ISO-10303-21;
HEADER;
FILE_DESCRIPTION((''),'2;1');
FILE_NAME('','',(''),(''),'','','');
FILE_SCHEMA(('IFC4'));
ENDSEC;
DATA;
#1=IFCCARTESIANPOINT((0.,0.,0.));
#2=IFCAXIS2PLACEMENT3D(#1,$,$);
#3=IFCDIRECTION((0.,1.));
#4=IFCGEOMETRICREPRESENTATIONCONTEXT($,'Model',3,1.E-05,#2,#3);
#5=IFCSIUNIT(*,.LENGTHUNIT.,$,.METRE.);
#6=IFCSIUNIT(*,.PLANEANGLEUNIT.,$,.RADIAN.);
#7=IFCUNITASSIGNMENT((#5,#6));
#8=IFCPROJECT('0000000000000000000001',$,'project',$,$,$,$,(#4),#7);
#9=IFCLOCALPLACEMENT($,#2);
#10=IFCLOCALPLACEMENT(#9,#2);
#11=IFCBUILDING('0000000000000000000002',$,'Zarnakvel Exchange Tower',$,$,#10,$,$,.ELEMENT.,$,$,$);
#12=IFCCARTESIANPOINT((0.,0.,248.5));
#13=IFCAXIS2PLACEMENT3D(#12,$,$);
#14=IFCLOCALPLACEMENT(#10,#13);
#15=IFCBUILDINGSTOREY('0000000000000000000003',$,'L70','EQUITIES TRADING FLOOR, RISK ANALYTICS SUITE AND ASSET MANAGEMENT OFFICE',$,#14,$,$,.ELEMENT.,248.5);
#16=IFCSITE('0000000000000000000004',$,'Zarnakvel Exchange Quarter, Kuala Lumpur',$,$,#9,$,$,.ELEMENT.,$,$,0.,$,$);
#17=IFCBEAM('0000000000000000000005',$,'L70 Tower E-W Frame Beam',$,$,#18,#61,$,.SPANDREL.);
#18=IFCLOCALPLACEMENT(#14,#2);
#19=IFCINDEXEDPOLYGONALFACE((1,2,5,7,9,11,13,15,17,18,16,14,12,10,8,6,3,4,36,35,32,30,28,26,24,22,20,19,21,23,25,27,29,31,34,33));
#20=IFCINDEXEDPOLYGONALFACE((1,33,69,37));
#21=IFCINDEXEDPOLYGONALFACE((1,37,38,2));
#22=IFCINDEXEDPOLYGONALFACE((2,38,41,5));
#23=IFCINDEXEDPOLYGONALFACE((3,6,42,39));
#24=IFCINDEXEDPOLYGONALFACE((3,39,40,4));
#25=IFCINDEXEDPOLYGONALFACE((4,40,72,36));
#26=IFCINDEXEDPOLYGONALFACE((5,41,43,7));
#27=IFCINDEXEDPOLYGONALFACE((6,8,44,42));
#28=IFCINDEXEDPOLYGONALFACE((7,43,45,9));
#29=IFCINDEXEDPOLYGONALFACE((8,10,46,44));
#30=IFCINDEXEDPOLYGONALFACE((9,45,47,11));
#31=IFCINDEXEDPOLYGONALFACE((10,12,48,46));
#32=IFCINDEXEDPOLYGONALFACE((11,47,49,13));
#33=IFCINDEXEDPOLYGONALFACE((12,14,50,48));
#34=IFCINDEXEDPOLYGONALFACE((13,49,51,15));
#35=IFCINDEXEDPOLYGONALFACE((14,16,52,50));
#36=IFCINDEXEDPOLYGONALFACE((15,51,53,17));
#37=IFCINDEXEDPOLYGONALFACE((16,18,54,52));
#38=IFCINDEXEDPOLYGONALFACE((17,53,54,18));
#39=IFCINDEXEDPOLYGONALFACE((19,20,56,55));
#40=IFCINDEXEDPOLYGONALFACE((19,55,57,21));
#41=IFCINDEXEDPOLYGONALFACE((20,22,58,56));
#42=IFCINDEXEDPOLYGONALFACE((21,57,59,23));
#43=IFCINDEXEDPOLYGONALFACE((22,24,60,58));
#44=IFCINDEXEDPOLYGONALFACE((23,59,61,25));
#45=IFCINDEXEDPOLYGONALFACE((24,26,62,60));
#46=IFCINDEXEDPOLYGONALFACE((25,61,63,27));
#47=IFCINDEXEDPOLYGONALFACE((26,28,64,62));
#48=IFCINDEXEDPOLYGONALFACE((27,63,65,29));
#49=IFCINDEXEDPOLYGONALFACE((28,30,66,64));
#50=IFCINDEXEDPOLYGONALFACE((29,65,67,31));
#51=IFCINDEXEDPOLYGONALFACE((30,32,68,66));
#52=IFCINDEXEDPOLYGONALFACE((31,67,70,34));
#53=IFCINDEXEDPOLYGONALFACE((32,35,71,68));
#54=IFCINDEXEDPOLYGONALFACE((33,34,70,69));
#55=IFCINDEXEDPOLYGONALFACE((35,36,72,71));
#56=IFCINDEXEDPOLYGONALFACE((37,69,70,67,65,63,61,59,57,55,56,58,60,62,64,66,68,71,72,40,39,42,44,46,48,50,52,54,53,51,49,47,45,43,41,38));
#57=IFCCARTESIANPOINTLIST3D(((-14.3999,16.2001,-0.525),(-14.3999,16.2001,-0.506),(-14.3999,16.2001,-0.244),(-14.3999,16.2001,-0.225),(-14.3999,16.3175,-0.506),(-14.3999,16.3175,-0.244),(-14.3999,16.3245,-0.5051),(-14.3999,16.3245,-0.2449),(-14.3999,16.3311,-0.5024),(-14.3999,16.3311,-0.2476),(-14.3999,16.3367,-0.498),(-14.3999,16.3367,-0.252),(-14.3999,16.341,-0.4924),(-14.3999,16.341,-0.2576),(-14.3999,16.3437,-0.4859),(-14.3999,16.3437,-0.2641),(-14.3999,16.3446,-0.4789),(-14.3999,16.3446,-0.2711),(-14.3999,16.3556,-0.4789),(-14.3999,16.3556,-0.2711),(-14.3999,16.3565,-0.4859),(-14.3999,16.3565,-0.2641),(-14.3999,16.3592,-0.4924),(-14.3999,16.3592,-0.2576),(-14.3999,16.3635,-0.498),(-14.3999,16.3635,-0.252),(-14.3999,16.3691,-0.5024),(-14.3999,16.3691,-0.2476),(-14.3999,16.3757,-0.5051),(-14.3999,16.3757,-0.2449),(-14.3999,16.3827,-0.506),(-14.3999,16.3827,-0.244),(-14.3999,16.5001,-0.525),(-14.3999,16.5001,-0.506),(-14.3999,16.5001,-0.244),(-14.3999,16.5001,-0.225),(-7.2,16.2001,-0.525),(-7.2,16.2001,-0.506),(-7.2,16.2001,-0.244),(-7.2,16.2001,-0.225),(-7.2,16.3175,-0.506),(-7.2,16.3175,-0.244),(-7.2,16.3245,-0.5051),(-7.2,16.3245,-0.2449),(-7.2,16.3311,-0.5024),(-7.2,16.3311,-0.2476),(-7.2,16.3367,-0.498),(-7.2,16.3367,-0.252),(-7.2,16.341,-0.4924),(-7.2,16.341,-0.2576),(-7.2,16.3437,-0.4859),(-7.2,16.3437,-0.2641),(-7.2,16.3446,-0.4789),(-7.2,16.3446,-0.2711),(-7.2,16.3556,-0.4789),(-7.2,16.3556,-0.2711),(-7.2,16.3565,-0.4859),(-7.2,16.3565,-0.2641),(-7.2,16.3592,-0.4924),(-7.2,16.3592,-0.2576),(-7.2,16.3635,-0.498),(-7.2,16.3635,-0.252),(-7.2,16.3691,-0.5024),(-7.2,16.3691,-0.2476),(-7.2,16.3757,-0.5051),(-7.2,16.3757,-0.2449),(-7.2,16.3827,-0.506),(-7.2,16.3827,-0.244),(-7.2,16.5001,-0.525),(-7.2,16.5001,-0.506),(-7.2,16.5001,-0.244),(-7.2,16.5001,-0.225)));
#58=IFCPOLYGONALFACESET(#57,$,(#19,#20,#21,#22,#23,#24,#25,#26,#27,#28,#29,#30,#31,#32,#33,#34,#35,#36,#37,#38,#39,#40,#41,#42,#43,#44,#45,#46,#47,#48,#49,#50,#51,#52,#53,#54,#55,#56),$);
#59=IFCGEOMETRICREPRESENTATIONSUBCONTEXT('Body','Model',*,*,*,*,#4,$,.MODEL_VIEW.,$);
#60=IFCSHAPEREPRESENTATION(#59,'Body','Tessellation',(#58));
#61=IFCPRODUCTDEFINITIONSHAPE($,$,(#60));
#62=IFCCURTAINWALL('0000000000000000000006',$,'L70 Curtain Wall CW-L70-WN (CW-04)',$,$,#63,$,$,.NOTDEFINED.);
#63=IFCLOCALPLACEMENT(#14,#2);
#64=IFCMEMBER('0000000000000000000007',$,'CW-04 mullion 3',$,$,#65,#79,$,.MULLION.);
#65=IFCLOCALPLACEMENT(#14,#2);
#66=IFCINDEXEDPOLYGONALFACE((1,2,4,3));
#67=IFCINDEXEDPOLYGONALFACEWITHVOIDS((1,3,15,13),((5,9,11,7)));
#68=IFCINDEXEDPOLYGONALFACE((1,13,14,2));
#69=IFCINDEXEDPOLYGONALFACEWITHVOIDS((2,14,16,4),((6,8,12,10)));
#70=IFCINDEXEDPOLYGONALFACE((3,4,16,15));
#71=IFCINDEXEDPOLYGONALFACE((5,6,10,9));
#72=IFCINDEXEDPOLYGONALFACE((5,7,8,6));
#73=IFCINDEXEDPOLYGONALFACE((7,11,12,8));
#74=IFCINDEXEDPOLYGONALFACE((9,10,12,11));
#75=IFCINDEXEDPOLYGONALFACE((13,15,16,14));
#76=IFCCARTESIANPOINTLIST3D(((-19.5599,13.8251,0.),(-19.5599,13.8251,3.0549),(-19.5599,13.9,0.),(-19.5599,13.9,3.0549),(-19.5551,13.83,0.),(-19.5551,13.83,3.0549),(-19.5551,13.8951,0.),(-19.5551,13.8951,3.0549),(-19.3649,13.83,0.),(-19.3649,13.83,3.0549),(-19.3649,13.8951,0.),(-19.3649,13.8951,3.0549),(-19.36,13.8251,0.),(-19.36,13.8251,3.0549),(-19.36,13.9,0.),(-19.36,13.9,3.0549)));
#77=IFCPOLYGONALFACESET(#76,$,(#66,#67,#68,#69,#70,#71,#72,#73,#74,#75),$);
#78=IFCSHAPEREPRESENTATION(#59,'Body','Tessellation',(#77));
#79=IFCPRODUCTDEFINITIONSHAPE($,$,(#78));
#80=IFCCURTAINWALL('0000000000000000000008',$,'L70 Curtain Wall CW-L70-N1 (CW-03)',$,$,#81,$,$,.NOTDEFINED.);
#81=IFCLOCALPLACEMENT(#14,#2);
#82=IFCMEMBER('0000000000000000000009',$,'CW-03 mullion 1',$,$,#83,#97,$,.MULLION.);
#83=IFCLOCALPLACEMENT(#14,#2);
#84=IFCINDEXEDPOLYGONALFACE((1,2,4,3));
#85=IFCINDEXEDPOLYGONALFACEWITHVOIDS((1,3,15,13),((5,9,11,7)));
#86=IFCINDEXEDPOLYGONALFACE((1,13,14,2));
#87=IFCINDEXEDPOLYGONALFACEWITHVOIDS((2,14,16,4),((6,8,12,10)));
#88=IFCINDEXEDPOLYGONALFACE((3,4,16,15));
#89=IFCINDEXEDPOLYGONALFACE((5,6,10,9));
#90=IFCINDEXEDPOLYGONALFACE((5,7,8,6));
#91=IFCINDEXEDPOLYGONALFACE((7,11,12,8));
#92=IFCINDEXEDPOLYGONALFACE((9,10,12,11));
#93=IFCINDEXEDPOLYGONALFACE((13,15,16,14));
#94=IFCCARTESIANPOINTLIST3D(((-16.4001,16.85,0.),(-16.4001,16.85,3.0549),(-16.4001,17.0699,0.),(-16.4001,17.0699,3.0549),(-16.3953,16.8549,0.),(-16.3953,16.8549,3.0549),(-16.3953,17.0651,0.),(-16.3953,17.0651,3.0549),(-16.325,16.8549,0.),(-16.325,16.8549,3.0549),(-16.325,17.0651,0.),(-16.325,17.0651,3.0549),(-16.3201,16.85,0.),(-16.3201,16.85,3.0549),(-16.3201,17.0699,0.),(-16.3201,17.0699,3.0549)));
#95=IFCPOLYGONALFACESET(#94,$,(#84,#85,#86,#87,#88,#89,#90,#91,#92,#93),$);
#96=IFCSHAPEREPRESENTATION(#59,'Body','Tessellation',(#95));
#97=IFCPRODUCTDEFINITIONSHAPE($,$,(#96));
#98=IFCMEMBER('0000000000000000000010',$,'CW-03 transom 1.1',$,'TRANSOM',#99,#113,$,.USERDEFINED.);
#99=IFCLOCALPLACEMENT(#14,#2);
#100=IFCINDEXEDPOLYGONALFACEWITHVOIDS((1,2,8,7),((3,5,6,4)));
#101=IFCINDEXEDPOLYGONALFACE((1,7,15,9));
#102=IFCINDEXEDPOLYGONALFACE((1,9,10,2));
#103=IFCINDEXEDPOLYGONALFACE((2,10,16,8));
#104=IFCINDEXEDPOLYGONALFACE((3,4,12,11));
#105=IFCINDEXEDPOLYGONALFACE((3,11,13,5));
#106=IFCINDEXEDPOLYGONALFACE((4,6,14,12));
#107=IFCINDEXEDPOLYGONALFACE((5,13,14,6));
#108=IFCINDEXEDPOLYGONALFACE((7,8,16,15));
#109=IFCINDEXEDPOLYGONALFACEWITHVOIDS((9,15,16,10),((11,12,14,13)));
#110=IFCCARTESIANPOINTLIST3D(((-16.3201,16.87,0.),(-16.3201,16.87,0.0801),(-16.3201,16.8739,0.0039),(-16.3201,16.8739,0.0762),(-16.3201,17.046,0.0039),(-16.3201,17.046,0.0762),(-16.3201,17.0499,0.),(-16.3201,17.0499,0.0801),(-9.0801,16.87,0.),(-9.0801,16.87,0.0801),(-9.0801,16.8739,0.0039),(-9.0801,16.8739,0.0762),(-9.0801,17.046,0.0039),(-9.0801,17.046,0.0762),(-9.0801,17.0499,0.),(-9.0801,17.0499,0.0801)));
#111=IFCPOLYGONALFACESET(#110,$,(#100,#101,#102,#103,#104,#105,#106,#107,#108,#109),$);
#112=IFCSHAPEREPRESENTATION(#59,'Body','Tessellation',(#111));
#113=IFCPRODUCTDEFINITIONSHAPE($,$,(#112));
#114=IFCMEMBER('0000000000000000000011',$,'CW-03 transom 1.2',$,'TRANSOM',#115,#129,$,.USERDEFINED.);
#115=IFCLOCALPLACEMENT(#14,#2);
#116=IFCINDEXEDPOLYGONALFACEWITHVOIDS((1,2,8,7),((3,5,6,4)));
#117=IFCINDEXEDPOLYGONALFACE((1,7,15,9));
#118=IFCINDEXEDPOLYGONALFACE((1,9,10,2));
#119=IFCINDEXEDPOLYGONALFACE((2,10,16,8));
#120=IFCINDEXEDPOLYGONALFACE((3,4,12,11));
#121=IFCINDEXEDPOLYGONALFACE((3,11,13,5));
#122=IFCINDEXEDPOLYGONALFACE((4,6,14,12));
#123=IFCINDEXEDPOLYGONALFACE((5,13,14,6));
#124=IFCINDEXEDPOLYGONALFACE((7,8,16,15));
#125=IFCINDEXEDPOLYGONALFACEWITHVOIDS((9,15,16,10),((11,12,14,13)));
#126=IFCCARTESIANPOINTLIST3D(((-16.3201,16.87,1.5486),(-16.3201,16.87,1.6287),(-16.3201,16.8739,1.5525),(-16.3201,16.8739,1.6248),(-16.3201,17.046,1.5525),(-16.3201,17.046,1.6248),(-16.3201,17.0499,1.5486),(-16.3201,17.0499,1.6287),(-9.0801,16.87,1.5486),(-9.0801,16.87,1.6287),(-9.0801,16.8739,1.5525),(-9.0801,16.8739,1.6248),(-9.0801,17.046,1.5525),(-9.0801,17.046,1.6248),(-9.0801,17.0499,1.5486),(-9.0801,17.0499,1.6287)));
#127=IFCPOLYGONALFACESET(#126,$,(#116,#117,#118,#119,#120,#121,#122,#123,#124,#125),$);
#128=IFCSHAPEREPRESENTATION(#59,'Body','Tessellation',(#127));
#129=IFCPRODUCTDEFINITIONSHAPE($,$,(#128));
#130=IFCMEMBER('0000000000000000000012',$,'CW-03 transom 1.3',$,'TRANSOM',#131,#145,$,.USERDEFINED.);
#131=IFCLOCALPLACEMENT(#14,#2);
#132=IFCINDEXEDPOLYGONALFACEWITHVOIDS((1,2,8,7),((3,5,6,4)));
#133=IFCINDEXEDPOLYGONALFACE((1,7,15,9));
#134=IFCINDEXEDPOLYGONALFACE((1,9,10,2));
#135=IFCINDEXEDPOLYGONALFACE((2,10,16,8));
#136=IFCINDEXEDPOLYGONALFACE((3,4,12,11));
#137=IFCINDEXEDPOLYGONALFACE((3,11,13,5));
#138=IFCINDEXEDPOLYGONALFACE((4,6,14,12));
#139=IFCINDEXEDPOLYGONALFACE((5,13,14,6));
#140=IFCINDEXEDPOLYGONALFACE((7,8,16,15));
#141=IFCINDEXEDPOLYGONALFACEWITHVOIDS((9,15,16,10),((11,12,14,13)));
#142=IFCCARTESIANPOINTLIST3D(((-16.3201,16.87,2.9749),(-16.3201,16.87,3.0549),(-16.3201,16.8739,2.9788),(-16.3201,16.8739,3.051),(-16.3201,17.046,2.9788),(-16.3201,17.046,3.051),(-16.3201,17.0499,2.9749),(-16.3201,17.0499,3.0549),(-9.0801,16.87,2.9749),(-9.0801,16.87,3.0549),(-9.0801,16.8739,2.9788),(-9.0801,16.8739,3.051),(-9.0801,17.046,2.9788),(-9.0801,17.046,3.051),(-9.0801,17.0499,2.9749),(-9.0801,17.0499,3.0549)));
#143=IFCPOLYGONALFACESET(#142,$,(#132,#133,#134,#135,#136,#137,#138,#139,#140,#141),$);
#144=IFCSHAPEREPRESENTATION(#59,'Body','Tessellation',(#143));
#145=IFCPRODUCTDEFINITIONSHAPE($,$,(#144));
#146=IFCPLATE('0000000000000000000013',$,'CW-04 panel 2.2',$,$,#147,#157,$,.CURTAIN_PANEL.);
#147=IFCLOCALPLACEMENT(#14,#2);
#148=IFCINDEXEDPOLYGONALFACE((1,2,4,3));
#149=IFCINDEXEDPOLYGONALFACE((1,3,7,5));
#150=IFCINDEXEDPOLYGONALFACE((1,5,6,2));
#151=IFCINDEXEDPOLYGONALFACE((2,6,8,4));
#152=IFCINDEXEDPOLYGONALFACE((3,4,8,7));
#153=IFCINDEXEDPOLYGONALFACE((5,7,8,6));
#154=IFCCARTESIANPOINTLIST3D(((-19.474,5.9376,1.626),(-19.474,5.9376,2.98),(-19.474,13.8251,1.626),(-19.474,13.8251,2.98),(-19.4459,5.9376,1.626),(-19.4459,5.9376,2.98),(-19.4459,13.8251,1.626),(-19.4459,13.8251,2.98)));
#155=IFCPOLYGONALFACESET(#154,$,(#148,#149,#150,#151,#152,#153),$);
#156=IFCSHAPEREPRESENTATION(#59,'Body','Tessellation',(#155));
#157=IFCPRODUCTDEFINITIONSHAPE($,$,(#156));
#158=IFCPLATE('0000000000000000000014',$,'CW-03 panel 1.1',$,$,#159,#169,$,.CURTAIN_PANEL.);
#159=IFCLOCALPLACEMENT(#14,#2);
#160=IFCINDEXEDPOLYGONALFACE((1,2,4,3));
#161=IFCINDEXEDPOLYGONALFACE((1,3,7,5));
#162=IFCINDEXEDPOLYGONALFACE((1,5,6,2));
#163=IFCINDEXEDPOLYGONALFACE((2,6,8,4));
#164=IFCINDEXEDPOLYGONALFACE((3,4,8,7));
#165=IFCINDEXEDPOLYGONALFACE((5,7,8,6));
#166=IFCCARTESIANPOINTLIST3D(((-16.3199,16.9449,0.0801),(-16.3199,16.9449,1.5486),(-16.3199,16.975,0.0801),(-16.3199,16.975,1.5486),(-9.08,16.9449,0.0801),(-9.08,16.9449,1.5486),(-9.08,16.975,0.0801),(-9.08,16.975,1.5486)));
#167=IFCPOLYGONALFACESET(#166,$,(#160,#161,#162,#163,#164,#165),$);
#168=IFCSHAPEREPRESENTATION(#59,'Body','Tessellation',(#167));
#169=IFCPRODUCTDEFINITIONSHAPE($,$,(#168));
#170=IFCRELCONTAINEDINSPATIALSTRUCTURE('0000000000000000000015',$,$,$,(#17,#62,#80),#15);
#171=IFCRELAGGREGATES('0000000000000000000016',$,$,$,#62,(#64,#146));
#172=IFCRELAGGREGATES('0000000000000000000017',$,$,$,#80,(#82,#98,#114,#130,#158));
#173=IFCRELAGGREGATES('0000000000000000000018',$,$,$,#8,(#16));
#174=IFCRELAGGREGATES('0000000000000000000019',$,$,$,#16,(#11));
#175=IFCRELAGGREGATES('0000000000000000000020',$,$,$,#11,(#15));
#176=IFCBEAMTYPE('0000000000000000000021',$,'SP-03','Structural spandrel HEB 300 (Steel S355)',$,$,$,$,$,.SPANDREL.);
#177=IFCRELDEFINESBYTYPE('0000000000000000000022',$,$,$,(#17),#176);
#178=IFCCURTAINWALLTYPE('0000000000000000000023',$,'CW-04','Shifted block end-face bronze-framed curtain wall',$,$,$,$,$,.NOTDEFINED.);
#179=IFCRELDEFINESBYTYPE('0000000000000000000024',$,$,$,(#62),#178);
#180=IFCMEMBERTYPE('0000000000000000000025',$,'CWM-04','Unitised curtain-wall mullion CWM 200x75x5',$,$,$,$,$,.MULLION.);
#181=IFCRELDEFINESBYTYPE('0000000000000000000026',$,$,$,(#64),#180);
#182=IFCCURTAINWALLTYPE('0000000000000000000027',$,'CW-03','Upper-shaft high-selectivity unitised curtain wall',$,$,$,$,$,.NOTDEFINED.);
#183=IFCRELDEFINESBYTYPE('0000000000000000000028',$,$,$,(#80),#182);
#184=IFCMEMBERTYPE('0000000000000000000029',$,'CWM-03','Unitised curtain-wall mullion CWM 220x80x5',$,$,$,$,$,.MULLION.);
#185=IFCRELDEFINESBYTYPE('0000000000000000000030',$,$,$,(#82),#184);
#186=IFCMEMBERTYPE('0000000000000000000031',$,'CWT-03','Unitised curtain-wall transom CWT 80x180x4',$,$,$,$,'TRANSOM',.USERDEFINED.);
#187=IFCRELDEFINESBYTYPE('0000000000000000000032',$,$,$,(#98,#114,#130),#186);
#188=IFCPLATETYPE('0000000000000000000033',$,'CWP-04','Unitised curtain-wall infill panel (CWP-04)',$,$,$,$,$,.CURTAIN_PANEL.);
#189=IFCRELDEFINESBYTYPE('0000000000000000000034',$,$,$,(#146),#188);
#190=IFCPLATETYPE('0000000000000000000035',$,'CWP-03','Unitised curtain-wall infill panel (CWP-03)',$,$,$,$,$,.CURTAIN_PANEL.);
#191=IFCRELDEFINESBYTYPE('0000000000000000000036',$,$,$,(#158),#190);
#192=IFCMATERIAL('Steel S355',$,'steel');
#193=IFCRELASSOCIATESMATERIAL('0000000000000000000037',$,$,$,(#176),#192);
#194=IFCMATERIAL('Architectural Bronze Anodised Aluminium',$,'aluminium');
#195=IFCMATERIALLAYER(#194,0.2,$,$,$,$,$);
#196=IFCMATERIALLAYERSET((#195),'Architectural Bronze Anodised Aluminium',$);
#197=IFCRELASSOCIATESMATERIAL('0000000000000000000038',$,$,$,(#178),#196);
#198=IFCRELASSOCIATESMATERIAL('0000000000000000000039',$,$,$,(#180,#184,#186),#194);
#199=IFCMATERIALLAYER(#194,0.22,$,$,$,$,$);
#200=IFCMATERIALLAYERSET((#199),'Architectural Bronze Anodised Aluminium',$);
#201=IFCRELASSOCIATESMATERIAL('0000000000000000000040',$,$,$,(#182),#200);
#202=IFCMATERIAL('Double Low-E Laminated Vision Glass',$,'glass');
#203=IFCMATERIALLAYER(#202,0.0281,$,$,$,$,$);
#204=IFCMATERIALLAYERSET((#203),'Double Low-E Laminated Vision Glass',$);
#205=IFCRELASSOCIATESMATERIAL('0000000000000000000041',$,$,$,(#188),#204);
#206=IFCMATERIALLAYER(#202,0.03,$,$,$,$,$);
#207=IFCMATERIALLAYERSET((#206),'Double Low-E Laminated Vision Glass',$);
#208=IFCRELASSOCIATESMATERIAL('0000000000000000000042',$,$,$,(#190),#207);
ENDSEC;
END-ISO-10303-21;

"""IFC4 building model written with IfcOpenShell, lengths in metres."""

from ifc_helpers import new_model, si_unit, direction, frame, origin, origin_2d, place, context, subcontext, project, spatial, rectangle, hollow_rectangle, i_section, extrude, source, transform, mapped, material, layer, layer_set, material_profile, profile_set, type_object, element, aggregate, save


model = new_model("IFC4")

# Units and contexts
model_context = context("Model", 3, precision=1e-05, world=origin(), true_north=direction((0.0, 1.0)))
body_context = subcontext(model_context, "Body", "Model", "MODEL_VIEW")
ifc_project = project(units=[si_unit("LENGTHUNIT", "METRE"), si_unit("PLANEANGLEUNIT", "RADIAN")], contexts=[model_context])

# Site, building, storey
site_placement = place(None, origin())
site = spatial("IfcSite", under=ifc_project, at=site_placement, Name="Zarnakvel Exchange Quarter, Kuala Lumpur", CompositionType="ELEMENT", RefElevation=0.0)
building_placement = place(site_placement, origin())
building = spatial("IfcBuilding", under=site, at=building_placement, Name="Zarnakvel Exchange Tower", CompositionType="ELEMENT")
storey_placement = place(building_placement, frame((0.0, 0.0, 248.5)))
storey = spatial("IfcBuildingStorey", under=building, at=storey_placement, Name="L70", Description="EQUITIES TRADING FLOOR, RISK ANALYTICS SUITE AND ASSET MANAGEMENT OFFICE", CompositionType="ELEMENT", Elevation=248.5)

# Shared definitions
ifc_material_1 = material(Name="Steel S355", Category="steel")

# Beam
ifc_material_profile_1 = material_profile(ifc_material_1, i_section(OverallWidth=0.3, OverallDepth=0.3, WebThickness=0.011, FlangeThickness=0.019, FilletRadius=0.0271, at=origin_2d()))
ifc_profile_set_1 = profile_set([ifc_material_profile_1], Name="Steel S355")
beam_type_1 = type_object("IfcBeamType", Name="SP-03", Description="Structural spandrel HEB 300 (Steel S355)", PredefinedType="SPANDREL", material=ifc_profile_set_1)
beam_1_placement = place(storey_placement, frame((-14.3999, 16.3501, -0.375), z_axis=(1.0, 0.0, 0.0), x_axis=(0.0, 1.0, 0.0)))
element("IfcBeam", 1, at=beam_1_placement, inside=storey, type_object=beam_type_1, Name="L70 Tower E-W Frame Beam", PredefinedType="SPANDREL", context=body_context, shape_type="SweptSolid", body=[
    extrude(i_section(OverallWidth=0.3, OverallDepth=0.3, WebThickness=0.011, FlangeThickness=0.019, FilletRadius=0.0271, at=origin_2d()), origin(), (0.0, 0.0, 1.0), 7.2),
])

# Curtain wall, member
ifc_material_2 = material(Name="Architectural Bronze Anodised Aluminium", Category="aluminium")
ifc_layer_1 = layer(ifc_material_2, 0.2)
ifc_layer_set_1 = layer_set([ifc_layer_1], Name="Architectural Bronze Anodised Aluminium")
curtain_wall_type_1 = type_object("IfcCurtainWallType", Name="CW-04", Description="Shifted block end-face bronze-framed curtain wall", PredefinedType="NOTDEFINED", material=ifc_layer_set_1)
curtain_wall_1_placement = place(storey_placement, origin())
curtain_wall_1 = element("IfcCurtainWall", 2, at=curtain_wall_1_placement, inside=storey, type_object=curtain_wall_type_1, Name="L70 Curtain Wall CW-L70-WN (CW-04)", PredefinedType="NOTDEFINED")
ifc_material_profile_2 = material_profile(ifc_material_2, hollow_rectangle(XDim=0.2, YDim=0.075, WallThickness=0.0049, at=origin_2d()))
ifc_profile_set_2 = profile_set([ifc_material_profile_2], Name="Architectural Bronze Anodised Aluminium")
member_type_1 = type_object("IfcMemberType", Name="CWM-04", Description="Unitised curtain-wall mullion CWM 200x75x5", PredefinedType="MULLION", material=ifc_profile_set_2)
shared_shape_1 = source(origin(), body_context, "Body", "SweptSolid", [
    extrude(hollow_rectangle(XDim=0.2, YDim=0.075, WallThickness=0.0049, at=origin_2d()), origin(), (0.0, 0.0, 1.0), 3.0549),
])
member_1_placement = place(storey_placement, frame((-19.46, 13.8625, 0.0), z_axis=(0.0, 0.0, 1.0), x_axis=(-1.0, 0.0, 0.0)))
member_1 = element("IfcMember", 3, at=member_1_placement, type_object=member_type_1, Name="CW-04 mullion 3", PredefinedType="MULLION", context=body_context, shape_type="MappedRepresentation", body=[
    mapped(shared_shape_1, transform((0.0, 0.0, 0.0), x_axis=(1.0, 0.0, 0.0), y_axis=(0.0, 1.0, 0.0), z_axis=(0.0, 0.0, 1.0), scale=1.0)),
])

# Curtain wall, members
ifc_layer_2 = layer(ifc_material_2, 0.22)
ifc_layer_set_2 = layer_set([ifc_layer_2], Name="Architectural Bronze Anodised Aluminium")
curtain_wall_type_2 = type_object("IfcCurtainWallType", Name="CW-03", Description="Upper-shaft high-selectivity unitised curtain wall", PredefinedType="NOTDEFINED", material=ifc_layer_set_2)
curtain_wall_2_placement = place(storey_placement, origin())
curtain_wall_2 = element("IfcCurtainWall", 4, at=curtain_wall_2_placement, inside=storey, type_object=curtain_wall_type_2, Name="L70 Curtain Wall CW-L70-N1 (CW-03)", PredefinedType="NOTDEFINED")
ifc_material_profile_3 = material_profile(ifc_material_2, hollow_rectangle(XDim=0.22, YDim=0.0801, WallThickness=0.0049, at=origin_2d()))
ifc_profile_set_3 = profile_set([ifc_material_profile_3], Name="Architectural Bronze Anodised Aluminium")
member_type_2 = type_object("IfcMemberType", Name="CWM-03", Description="Unitised curtain-wall mullion CWM 220x80x5", PredefinedType="MULLION", material=ifc_profile_set_3)
shared_shape_2 = source(origin(), body_context, "Body", "SweptSolid", [
    extrude(hollow_rectangle(XDim=0.22, YDim=0.0801, WallThickness=0.0049, at=origin_2d()), origin(), (0.0, 0.0, 1.0), 3.0549),
])
member_2_placement = place(storey_placement, frame((-16.3601, 16.96, 0.0), z_axis=(0.0, 0.0, 1.0), x_axis=(0.0, 1.0, 0.0)))
member_2 = element("IfcMember", 5, at=member_2_placement, type_object=member_type_2, Name="CW-03 mullion 1", PredefinedType="MULLION", context=body_context, shape_type="MappedRepresentation", body=[
    mapped(shared_shape_2, transform((0.0, 0.0, 0.0), x_axis=(1.0, 0.0, 0.0), y_axis=(0.0, 1.0, 0.0), z_axis=(0.0, 0.0, 1.0), scale=1.0)),
])
ifc_material_profile_4 = material_profile(ifc_material_2, hollow_rectangle(XDim=0.1799, YDim=0.0801, WallThickness=0.0039, at=origin_2d()))
ifc_profile_set_4 = profile_set([ifc_material_profile_4], Name="Architectural Bronze Anodised Aluminium")
member_type_3 = type_object("IfcMemberType", Name="CWT-03", Description="Unitised curtain-wall transom CWT 80x180x4", ElementType="TRANSOM", PredefinedType="USERDEFINED", material=ifc_profile_set_4)
shared_shape_3 = source(origin(), body_context, "Body", "SweptSolid", [
    extrude(hollow_rectangle(XDim=0.1799, YDim=0.0801, WallThickness=0.0039, at=origin_2d()), origin(), (0.0, 0.0, 1.0), 7.24),
])
member_3_placement = place(storey_placement, frame((-16.3201, 16.96, 0.04), z_axis=(1.0, 0.0, 0.0), x_axis=(0.0, 1.0, 0.0)))
member_3 = element("IfcMember", 6, at=member_3_placement, type_object=member_type_3, Name="CW-03 transom 1.1", ObjectType="TRANSOM", PredefinedType="USERDEFINED", context=body_context, shape_type="MappedRepresentation", body=[
    mapped(shared_shape_3, transform((0.0, 0.0, 0.0), x_axis=(1.0, 0.0, 0.0), y_axis=(0.0, 1.0, 0.0), z_axis=(0.0, 0.0, 1.0), scale=1.0)),
])
member_4_placement = place(storey_placement, frame((-16.3201, 16.96, 1.5886), z_axis=(1.0, 0.0, 0.0), x_axis=(0.0, 1.0, 0.0)))
member_4 = element("IfcMember", 7, at=member_4_placement, type_object=member_type_3, Name="CW-03 transom 1.2", ObjectType="TRANSOM", PredefinedType="USERDEFINED", context=body_context, shape_type="MappedRepresentation", body=[
    mapped(shared_shape_3, transform((0.0, 0.0, 0.0), x_axis=(1.0, 0.0, 0.0), y_axis=(0.0, 1.0, 0.0), z_axis=(0.0, 0.0, 1.0), scale=1.0)),
])
member_5_placement = place(storey_placement, frame((-16.3201, 16.96, 3.0149), z_axis=(1.0, 0.0, 0.0), x_axis=(0.0, 1.0, 0.0)))
member_5 = element("IfcMember", 8, at=member_5_placement, type_object=member_type_3, Name="CW-03 transom 1.3", ObjectType="TRANSOM", PredefinedType="USERDEFINED", context=body_context, shape_type="MappedRepresentation", body=[
    mapped(shared_shape_3, transform((0.0, 0.0, 0.0), x_axis=(1.0, 0.0, 0.0), y_axis=(0.0, 1.0, 0.0), z_axis=(0.0, 0.0, 1.0), scale=1.0)),
])

# Plates
ifc_material_3 = material(Name="Double Low-E Laminated Vision Glass", Category="glass")
ifc_layer_3 = layer(ifc_material_3, 0.0281)
ifc_layer_set_3 = layer_set([ifc_layer_3], Name="Double Low-E Laminated Vision Glass")
plate_type_1 = type_object("IfcPlateType", Name="CWP-04", Description="Unitised curtain-wall infill panel (CWP-04)", PredefinedType="CURTAIN_PANEL", material=ifc_layer_set_3)
shared_shape_4 = source(origin(), body_context, "Body", "SweptSolid", [
    extrude(rectangle(XDim=7.8875, YDim=0.0281, at=origin_2d()), origin(), (0.0, 0.0, 1.0), 1.354),
])
plate_1_placement = place(storey_placement, frame((-19.46, 9.8813, 1.626), z_axis=(0.0, 0.0, 1.0), x_axis=(0.0, 1.0, 0.0)))
plate_1 = element("IfcPlate", 9, at=plate_1_placement, type_object=plate_type_1, Name="CW-04 panel 2.2", PredefinedType="CURTAIN_PANEL", context=body_context, shape_type="MappedRepresentation", body=[
    mapped(shared_shape_4, transform((0.0, 0.0, 0.0), x_axis=(1.0, 0.0, 0.0), y_axis=(0.0, 1.0, 0.0), z_axis=(0.0, 0.0, 1.0), scale=1.0)),
])
aggregate(curtain_wall_1, [member_1, plate_1])
ifc_layer_4 = layer(ifc_material_3, 0.03)
ifc_layer_set_4 = layer_set([ifc_layer_4], Name="Double Low-E Laminated Vision Glass")
plate_type_2 = type_object("IfcPlateType", Name="CWP-03", Description="Unitised curtain-wall infill panel (CWP-03)", PredefinedType="CURTAIN_PANEL", material=ifc_layer_set_4)
shared_shape_5 = source(origin(), body_context, "Body", "SweptSolid", [
    extrude(rectangle(XDim=7.24, YDim=0.03, at=origin_2d()), origin(), (0.0, 0.0, 1.0), 1.4685),
])
plate_2_placement = place(storey_placement, frame((-12.7, 16.96, 0.0801), z_axis=(0.0, 0.0, 1.0), x_axis=(1.0, 0.0, 0.0)))
plate_2 = element("IfcPlate", 10, at=plate_2_placement, type_object=plate_type_2, Name="CW-03 panel 1.1", PredefinedType="CURTAIN_PANEL", context=body_context, shape_type="MappedRepresentation", body=[
    mapped(shared_shape_5, transform((0.0, 0.0, 0.0), x_axis=(1.0, 0.0, 0.0), y_axis=(0.0, 1.0, 0.0), z_axis=(0.0, 0.0, 1.0), scale=1.0)),
])
aggregate(curtain_wall_2, [member_2, member_3, member_4, member_5, plate_2])

save(model, "model.ifc")
